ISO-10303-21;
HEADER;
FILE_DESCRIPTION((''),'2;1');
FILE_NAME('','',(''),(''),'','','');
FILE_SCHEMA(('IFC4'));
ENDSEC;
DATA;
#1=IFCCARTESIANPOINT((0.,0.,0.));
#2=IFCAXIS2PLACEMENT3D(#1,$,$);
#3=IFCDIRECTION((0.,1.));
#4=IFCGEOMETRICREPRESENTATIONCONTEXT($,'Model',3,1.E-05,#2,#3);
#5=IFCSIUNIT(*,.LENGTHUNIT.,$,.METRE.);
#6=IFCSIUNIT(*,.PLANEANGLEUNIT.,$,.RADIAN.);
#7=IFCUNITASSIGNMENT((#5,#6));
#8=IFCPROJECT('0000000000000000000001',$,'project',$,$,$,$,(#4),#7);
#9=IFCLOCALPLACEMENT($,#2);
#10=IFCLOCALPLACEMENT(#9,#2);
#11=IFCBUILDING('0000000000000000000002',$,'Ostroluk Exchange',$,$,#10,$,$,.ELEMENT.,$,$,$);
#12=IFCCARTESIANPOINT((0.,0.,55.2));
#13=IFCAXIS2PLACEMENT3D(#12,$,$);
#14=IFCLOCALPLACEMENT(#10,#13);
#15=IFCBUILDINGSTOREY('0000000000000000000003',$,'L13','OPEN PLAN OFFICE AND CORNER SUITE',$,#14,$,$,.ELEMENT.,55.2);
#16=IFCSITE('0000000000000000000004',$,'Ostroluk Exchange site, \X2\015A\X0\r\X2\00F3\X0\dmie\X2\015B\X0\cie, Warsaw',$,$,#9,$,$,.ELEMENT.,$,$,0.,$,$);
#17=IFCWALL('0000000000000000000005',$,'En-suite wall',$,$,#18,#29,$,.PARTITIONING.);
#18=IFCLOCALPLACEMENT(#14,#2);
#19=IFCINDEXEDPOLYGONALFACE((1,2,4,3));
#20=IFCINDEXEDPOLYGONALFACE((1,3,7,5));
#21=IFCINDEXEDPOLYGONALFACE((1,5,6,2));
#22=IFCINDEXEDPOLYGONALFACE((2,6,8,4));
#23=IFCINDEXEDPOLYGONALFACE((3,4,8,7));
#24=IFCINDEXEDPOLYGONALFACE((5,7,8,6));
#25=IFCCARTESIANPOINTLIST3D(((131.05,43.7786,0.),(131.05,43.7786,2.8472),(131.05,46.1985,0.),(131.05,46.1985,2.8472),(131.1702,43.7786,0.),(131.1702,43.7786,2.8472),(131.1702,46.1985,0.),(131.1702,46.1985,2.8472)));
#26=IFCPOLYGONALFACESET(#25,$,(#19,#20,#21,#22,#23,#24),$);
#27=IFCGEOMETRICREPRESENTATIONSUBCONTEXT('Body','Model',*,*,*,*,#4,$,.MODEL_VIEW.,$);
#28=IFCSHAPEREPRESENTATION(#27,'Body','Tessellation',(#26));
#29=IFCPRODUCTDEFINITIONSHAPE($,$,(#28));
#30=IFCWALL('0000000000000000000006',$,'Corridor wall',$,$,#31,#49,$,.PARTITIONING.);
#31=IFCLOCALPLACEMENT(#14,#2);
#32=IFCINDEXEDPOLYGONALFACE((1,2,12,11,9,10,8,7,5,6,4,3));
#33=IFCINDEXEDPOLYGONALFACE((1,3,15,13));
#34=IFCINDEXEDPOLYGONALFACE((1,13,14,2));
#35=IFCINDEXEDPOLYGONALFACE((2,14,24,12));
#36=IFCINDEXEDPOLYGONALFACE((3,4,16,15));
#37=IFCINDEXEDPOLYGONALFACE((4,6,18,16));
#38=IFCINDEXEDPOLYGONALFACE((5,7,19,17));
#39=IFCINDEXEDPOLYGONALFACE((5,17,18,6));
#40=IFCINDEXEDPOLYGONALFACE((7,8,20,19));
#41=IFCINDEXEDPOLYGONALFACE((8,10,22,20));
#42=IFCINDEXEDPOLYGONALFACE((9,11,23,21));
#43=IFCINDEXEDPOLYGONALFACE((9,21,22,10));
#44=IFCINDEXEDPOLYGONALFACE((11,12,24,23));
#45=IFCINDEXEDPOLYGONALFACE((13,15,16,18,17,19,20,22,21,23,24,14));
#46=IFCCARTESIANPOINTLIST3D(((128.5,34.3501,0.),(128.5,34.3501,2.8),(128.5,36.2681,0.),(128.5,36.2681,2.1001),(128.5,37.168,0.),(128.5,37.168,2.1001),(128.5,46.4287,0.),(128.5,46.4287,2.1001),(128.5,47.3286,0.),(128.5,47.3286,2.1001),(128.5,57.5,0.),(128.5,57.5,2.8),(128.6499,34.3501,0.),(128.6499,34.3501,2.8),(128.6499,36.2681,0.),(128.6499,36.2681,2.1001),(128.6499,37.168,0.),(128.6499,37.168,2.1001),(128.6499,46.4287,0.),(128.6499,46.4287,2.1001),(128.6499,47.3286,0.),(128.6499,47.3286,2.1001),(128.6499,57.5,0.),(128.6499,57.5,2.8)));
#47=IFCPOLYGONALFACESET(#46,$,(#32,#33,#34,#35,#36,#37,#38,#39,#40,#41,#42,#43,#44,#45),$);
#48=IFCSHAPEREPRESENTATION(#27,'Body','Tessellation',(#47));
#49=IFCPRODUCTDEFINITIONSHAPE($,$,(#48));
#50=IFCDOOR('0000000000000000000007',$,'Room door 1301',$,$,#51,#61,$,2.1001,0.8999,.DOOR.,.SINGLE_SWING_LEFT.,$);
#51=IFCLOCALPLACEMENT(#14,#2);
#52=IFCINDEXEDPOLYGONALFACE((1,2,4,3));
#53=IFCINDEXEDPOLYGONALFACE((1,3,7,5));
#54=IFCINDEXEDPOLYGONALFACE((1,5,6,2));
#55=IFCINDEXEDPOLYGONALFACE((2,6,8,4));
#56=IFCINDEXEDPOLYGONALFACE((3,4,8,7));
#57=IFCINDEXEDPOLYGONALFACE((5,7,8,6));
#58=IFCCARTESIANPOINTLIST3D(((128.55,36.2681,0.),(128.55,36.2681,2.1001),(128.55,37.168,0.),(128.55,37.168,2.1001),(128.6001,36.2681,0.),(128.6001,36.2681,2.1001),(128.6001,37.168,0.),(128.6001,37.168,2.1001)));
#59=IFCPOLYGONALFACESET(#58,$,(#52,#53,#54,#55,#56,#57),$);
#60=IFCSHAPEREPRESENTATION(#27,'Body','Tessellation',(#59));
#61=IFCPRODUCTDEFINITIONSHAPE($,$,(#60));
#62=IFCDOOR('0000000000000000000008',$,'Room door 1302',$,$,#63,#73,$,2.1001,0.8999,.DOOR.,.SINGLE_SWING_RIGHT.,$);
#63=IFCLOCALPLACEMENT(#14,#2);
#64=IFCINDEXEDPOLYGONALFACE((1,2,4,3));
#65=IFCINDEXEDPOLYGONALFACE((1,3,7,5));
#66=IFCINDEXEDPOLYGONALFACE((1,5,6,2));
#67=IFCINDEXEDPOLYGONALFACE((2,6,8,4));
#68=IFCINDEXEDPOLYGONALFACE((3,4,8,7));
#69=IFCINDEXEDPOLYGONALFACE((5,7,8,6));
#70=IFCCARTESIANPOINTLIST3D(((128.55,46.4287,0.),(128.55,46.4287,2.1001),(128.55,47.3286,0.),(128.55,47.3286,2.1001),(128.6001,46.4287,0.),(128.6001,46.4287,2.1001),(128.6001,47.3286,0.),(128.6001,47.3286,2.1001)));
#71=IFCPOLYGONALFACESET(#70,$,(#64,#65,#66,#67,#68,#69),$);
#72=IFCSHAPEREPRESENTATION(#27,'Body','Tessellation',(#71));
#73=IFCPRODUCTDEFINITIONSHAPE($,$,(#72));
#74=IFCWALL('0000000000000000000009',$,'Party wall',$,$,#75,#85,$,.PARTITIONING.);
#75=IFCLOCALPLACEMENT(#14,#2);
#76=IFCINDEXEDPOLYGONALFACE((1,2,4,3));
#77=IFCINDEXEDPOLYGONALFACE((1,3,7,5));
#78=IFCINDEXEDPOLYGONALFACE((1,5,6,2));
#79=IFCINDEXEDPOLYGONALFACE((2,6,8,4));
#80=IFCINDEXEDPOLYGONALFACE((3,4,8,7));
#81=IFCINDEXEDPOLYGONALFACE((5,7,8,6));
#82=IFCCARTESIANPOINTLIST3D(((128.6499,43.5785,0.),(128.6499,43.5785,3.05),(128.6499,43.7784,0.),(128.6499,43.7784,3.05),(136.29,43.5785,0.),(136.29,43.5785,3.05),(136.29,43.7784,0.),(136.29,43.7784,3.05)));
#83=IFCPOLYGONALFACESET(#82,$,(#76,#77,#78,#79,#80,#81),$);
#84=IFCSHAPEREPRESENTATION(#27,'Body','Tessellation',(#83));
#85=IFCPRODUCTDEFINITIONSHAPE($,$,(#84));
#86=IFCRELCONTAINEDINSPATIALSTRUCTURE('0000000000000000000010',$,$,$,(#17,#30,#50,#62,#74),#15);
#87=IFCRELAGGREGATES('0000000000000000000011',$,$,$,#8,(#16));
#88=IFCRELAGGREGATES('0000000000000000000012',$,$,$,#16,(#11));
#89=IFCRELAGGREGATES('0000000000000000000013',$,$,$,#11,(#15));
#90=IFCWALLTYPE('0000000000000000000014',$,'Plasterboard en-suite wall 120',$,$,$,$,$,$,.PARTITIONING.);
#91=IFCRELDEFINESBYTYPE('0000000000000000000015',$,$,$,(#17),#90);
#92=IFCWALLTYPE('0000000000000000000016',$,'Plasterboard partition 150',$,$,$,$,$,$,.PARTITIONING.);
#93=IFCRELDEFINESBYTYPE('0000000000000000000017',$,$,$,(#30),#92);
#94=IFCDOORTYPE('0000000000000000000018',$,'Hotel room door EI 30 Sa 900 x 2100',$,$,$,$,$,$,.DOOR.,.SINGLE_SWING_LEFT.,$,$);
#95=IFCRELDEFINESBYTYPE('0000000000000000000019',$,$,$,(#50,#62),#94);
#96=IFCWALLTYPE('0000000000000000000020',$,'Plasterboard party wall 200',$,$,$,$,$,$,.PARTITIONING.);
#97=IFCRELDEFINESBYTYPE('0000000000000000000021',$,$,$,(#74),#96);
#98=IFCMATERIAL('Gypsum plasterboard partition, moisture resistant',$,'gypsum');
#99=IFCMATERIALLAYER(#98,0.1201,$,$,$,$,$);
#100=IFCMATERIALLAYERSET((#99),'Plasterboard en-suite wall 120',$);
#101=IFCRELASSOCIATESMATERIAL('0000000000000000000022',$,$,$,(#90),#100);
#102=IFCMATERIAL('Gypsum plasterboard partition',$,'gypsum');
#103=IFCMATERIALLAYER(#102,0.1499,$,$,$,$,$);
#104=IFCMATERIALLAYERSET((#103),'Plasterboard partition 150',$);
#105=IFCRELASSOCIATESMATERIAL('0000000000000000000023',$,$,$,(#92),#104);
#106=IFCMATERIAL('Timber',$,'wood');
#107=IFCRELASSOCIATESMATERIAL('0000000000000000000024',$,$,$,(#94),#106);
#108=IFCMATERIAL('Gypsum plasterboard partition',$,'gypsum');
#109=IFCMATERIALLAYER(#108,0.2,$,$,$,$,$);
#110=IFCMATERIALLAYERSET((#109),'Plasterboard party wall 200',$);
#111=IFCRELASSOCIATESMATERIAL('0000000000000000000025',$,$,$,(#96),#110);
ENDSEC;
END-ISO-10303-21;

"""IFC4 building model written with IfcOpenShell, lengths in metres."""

from ifc_helpers import new_model, si_unit, direction, frame, frame_2d, origin, place, context, subcontext, project, spatial, rectangle, extrude, material, layer, layer_set, type_object, element, fill, save


model = new_model("IFC4")

# Units and contexts
model_context = context("Model", 3, precision=1e-05, world=origin(), true_north=direction((0.0, 1.0)))
body_context = subcontext(model_context, "Body", "Model", "MODEL_VIEW")
ifc_project = project(units=[si_unit("LENGTHUNIT", "METRE"), si_unit("PLANEANGLEUNIT", "RADIAN")], contexts=[model_context])

# Site, building, storey
site_placement = place(None, origin())
site = spatial("IfcSite", under=ifc_project, at=site_placement, Name="Ostroluk Exchange site, Śródmieście, Warsaw", CompositionType="ELEMENT", RefElevation=0.0)
building_placement = place(site_placement, origin())
building = spatial("IfcBuilding", under=site, at=building_placement, Name="Ostroluk Exchange", CompositionType="ELEMENT")
storey_placement = place(building_placement, frame((0.0, 0.0, 55.2)))
storey = spatial("IfcBuildingStorey", under=building, at=storey_placement, Name="L13", Description="OPEN PLAN OFFICE AND CORNER SUITE", CompositionType="ELEMENT", Elevation=55.2)

# Shared definitions
ifc_material_1 = material(Name="Gypsum plasterboard partition, moisture resistant", Category="gypsum")
ifc_layer_1 = layer(ifc_material_1, 0.1201)
ifc_layer_set_1 = layer_set([ifc_layer_1], Name="Plasterboard en-suite wall 120")
wall_type_1 = type_object("IfcWallType", Name="Plasterboard en-suite wall 120", PredefinedType="PARTITIONING", material=ifc_layer_set_1)

# Wall
wall_1_placement = place(storey_placement, frame((131.1101, 43.7786, 0.0), z_axis=(0.0, 0.0, 1.0), x_axis=(0.0, 1.0, 0.0)))
element("IfcWall", 1, at=wall_1_placement, inside=storey, type_object=wall_type_1, Name="En-suite wall", PredefinedType="PARTITIONING", context=body_context, shape_type="SweptSolid", body=[
    extrude(rectangle(XDim=2.4199, YDim=0.1201, at=frame_2d((1.21, 0.0))), origin(), (0.0, 0.0, 1.0), 2.8472),
])

# Wall, openings, doors
ifc_material_2 = material(Name="Gypsum plasterboard partition", Category="gypsum")
ifc_layer_2 = layer(ifc_material_2, 0.1499)
ifc_layer_set_2 = layer_set([ifc_layer_2], Name="Plasterboard partition 150")
wall_type_2 = type_object("IfcWallType", Name="Plasterboard partition 150", PredefinedType="PARTITIONING", material=ifc_layer_set_2)
wall_2_placement = place(storey_placement, frame((128.575, 34.3501, 0.0), z_axis=(0.0, 0.0, 1.0), x_axis=(0.0, 1.0, 0.0)))
wall_2 = element("IfcWall", 2, at=wall_2_placement, inside=storey, type_object=wall_type_2, Name="Corridor wall", PredefinedType="PARTITIONING", context=body_context, shape_type="SweptSolid", body=[
    extrude(rectangle(XDim=23.1499, YDim=0.1499, at=frame_2d((11.575, 0.0))), origin(), (0.0, 0.0, 1.0), 2.8),
])
opening_1_placement = place(wall_2_placement, frame((1.918, 0.0, 0.0)))
opening_1 = element("IfcOpeningElement", 3, at=opening_1_placement, cuts=wall_2, PredefinedType="OPENING", context=body_context, shape_type="SweptSolid", body=[
    extrude(rectangle(XDim=0.8999, YDim=2.1001, at=frame_2d((0.45, 1.05))), frame((0.0, 0.085, 0.0), z_axis=(0.0, -1.0, 0.0), x_axis=(1.0, 0.0, 0.0)), (0.0, 0.0, 1.0), 0.1699),
])
opening_2_placement = place(wall_2_placement, frame((12.0786, 0.0, 0.0)))
opening_2 = element("IfcOpeningElement", 4, at=opening_2_placement, cuts=wall_2, PredefinedType="OPENING", context=body_context, shape_type="SweptSolid", body=[
    extrude(rectangle(XDim=0.8999, YDim=2.1001, at=frame_2d((0.45, 1.05))), frame((0.0, 0.085, 0.0), z_axis=(0.0, -1.0, 0.0), x_axis=(1.0, 0.0, 0.0)), (0.0, 0.0, 1.0), 0.1699),
])
ifc_material_3 = material(Name="Timber", Category="wood")
door_type_1 = type_object("IfcDoorType", Name="Hotel room door EI 30 Sa 900 x 2100", OperationType="SINGLE_SWING_LEFT", PredefinedType="DOOR", material=ifc_material_3)
door_1_placement = place(opening_1_placement, origin())
door_1 = element("IfcDoor", 5, at=door_1_placement, inside=storey, type_object=door_type_1, Name="Room door 1301", OperationType="SINGLE_SWING_LEFT", OverallHeight=2.1001, OverallWidth=0.8999, PredefinedType="DOOR", context=body_context, shape_type="SweptSolid", body=[
    extrude(rectangle(XDim=0.8999, YDim=2.1001, at=frame_2d((0.45, 1.05))), frame((0.0, 0.0249, 0.0), z_axis=(0.0, -1.0, 0.0), x_axis=(1.0, 0.0, 0.0)), (0.0, 0.0, 1.0), 0.05),
])
fill(opening_1, door_1)
door_2_placement = place(opening_2_placement, origin())
door_2 = element("IfcDoor", 6, at=door_2_placement, inside=storey, type_object=door_type_1, Name="Room door 1302", OperationType="SINGLE_SWING_RIGHT", OverallHeight=2.1001, OverallWidth=0.8999, PredefinedType="DOOR", context=body_context, shape_type="SweptSolid", body=[
    extrude(rectangle(XDim=0.8999, YDim=2.1001, at=frame_2d((0.45, 1.05))), frame((0.0, 0.0249, 0.0), z_axis=(0.0, -1.0, 0.0), x_axis=(1.0, 0.0, 0.0)), (0.0, 0.0, 1.0), 0.05),
])
fill(opening_2, door_2)

# Wall
ifc_material_4 = material(Name="Gypsum plasterboard partition", Category="gypsum")
ifc_layer_3 = layer(ifc_material_4, 0.2)
ifc_layer_set_3 = layer_set([ifc_layer_3], Name="Plasterboard party wall 200")
wall_type_3 = type_object("IfcWallType", Name="Plasterboard party wall 200", PredefinedType="PARTITIONING", material=ifc_layer_set_3)
wall_3_placement = place(storey_placement, frame((128.6499, 43.6785, 0.0), z_axis=(0.0, 0.0, 1.0), x_axis=(1.0, 0.0, 0.0)))
element("IfcWall", 7, at=wall_3_placement, inside=storey, type_object=wall_type_3, Name="Party wall", PredefinedType="PARTITIONING", context=body_context, shape_type="SweptSolid", body=[
    extrude(rectangle(XDim=7.6401, YDim=0.2, at=frame_2d((3.8201, 0.0))), origin(), (0.0, 0.0, 1.0), 3.05),
])

save(model, "model.ifc")
